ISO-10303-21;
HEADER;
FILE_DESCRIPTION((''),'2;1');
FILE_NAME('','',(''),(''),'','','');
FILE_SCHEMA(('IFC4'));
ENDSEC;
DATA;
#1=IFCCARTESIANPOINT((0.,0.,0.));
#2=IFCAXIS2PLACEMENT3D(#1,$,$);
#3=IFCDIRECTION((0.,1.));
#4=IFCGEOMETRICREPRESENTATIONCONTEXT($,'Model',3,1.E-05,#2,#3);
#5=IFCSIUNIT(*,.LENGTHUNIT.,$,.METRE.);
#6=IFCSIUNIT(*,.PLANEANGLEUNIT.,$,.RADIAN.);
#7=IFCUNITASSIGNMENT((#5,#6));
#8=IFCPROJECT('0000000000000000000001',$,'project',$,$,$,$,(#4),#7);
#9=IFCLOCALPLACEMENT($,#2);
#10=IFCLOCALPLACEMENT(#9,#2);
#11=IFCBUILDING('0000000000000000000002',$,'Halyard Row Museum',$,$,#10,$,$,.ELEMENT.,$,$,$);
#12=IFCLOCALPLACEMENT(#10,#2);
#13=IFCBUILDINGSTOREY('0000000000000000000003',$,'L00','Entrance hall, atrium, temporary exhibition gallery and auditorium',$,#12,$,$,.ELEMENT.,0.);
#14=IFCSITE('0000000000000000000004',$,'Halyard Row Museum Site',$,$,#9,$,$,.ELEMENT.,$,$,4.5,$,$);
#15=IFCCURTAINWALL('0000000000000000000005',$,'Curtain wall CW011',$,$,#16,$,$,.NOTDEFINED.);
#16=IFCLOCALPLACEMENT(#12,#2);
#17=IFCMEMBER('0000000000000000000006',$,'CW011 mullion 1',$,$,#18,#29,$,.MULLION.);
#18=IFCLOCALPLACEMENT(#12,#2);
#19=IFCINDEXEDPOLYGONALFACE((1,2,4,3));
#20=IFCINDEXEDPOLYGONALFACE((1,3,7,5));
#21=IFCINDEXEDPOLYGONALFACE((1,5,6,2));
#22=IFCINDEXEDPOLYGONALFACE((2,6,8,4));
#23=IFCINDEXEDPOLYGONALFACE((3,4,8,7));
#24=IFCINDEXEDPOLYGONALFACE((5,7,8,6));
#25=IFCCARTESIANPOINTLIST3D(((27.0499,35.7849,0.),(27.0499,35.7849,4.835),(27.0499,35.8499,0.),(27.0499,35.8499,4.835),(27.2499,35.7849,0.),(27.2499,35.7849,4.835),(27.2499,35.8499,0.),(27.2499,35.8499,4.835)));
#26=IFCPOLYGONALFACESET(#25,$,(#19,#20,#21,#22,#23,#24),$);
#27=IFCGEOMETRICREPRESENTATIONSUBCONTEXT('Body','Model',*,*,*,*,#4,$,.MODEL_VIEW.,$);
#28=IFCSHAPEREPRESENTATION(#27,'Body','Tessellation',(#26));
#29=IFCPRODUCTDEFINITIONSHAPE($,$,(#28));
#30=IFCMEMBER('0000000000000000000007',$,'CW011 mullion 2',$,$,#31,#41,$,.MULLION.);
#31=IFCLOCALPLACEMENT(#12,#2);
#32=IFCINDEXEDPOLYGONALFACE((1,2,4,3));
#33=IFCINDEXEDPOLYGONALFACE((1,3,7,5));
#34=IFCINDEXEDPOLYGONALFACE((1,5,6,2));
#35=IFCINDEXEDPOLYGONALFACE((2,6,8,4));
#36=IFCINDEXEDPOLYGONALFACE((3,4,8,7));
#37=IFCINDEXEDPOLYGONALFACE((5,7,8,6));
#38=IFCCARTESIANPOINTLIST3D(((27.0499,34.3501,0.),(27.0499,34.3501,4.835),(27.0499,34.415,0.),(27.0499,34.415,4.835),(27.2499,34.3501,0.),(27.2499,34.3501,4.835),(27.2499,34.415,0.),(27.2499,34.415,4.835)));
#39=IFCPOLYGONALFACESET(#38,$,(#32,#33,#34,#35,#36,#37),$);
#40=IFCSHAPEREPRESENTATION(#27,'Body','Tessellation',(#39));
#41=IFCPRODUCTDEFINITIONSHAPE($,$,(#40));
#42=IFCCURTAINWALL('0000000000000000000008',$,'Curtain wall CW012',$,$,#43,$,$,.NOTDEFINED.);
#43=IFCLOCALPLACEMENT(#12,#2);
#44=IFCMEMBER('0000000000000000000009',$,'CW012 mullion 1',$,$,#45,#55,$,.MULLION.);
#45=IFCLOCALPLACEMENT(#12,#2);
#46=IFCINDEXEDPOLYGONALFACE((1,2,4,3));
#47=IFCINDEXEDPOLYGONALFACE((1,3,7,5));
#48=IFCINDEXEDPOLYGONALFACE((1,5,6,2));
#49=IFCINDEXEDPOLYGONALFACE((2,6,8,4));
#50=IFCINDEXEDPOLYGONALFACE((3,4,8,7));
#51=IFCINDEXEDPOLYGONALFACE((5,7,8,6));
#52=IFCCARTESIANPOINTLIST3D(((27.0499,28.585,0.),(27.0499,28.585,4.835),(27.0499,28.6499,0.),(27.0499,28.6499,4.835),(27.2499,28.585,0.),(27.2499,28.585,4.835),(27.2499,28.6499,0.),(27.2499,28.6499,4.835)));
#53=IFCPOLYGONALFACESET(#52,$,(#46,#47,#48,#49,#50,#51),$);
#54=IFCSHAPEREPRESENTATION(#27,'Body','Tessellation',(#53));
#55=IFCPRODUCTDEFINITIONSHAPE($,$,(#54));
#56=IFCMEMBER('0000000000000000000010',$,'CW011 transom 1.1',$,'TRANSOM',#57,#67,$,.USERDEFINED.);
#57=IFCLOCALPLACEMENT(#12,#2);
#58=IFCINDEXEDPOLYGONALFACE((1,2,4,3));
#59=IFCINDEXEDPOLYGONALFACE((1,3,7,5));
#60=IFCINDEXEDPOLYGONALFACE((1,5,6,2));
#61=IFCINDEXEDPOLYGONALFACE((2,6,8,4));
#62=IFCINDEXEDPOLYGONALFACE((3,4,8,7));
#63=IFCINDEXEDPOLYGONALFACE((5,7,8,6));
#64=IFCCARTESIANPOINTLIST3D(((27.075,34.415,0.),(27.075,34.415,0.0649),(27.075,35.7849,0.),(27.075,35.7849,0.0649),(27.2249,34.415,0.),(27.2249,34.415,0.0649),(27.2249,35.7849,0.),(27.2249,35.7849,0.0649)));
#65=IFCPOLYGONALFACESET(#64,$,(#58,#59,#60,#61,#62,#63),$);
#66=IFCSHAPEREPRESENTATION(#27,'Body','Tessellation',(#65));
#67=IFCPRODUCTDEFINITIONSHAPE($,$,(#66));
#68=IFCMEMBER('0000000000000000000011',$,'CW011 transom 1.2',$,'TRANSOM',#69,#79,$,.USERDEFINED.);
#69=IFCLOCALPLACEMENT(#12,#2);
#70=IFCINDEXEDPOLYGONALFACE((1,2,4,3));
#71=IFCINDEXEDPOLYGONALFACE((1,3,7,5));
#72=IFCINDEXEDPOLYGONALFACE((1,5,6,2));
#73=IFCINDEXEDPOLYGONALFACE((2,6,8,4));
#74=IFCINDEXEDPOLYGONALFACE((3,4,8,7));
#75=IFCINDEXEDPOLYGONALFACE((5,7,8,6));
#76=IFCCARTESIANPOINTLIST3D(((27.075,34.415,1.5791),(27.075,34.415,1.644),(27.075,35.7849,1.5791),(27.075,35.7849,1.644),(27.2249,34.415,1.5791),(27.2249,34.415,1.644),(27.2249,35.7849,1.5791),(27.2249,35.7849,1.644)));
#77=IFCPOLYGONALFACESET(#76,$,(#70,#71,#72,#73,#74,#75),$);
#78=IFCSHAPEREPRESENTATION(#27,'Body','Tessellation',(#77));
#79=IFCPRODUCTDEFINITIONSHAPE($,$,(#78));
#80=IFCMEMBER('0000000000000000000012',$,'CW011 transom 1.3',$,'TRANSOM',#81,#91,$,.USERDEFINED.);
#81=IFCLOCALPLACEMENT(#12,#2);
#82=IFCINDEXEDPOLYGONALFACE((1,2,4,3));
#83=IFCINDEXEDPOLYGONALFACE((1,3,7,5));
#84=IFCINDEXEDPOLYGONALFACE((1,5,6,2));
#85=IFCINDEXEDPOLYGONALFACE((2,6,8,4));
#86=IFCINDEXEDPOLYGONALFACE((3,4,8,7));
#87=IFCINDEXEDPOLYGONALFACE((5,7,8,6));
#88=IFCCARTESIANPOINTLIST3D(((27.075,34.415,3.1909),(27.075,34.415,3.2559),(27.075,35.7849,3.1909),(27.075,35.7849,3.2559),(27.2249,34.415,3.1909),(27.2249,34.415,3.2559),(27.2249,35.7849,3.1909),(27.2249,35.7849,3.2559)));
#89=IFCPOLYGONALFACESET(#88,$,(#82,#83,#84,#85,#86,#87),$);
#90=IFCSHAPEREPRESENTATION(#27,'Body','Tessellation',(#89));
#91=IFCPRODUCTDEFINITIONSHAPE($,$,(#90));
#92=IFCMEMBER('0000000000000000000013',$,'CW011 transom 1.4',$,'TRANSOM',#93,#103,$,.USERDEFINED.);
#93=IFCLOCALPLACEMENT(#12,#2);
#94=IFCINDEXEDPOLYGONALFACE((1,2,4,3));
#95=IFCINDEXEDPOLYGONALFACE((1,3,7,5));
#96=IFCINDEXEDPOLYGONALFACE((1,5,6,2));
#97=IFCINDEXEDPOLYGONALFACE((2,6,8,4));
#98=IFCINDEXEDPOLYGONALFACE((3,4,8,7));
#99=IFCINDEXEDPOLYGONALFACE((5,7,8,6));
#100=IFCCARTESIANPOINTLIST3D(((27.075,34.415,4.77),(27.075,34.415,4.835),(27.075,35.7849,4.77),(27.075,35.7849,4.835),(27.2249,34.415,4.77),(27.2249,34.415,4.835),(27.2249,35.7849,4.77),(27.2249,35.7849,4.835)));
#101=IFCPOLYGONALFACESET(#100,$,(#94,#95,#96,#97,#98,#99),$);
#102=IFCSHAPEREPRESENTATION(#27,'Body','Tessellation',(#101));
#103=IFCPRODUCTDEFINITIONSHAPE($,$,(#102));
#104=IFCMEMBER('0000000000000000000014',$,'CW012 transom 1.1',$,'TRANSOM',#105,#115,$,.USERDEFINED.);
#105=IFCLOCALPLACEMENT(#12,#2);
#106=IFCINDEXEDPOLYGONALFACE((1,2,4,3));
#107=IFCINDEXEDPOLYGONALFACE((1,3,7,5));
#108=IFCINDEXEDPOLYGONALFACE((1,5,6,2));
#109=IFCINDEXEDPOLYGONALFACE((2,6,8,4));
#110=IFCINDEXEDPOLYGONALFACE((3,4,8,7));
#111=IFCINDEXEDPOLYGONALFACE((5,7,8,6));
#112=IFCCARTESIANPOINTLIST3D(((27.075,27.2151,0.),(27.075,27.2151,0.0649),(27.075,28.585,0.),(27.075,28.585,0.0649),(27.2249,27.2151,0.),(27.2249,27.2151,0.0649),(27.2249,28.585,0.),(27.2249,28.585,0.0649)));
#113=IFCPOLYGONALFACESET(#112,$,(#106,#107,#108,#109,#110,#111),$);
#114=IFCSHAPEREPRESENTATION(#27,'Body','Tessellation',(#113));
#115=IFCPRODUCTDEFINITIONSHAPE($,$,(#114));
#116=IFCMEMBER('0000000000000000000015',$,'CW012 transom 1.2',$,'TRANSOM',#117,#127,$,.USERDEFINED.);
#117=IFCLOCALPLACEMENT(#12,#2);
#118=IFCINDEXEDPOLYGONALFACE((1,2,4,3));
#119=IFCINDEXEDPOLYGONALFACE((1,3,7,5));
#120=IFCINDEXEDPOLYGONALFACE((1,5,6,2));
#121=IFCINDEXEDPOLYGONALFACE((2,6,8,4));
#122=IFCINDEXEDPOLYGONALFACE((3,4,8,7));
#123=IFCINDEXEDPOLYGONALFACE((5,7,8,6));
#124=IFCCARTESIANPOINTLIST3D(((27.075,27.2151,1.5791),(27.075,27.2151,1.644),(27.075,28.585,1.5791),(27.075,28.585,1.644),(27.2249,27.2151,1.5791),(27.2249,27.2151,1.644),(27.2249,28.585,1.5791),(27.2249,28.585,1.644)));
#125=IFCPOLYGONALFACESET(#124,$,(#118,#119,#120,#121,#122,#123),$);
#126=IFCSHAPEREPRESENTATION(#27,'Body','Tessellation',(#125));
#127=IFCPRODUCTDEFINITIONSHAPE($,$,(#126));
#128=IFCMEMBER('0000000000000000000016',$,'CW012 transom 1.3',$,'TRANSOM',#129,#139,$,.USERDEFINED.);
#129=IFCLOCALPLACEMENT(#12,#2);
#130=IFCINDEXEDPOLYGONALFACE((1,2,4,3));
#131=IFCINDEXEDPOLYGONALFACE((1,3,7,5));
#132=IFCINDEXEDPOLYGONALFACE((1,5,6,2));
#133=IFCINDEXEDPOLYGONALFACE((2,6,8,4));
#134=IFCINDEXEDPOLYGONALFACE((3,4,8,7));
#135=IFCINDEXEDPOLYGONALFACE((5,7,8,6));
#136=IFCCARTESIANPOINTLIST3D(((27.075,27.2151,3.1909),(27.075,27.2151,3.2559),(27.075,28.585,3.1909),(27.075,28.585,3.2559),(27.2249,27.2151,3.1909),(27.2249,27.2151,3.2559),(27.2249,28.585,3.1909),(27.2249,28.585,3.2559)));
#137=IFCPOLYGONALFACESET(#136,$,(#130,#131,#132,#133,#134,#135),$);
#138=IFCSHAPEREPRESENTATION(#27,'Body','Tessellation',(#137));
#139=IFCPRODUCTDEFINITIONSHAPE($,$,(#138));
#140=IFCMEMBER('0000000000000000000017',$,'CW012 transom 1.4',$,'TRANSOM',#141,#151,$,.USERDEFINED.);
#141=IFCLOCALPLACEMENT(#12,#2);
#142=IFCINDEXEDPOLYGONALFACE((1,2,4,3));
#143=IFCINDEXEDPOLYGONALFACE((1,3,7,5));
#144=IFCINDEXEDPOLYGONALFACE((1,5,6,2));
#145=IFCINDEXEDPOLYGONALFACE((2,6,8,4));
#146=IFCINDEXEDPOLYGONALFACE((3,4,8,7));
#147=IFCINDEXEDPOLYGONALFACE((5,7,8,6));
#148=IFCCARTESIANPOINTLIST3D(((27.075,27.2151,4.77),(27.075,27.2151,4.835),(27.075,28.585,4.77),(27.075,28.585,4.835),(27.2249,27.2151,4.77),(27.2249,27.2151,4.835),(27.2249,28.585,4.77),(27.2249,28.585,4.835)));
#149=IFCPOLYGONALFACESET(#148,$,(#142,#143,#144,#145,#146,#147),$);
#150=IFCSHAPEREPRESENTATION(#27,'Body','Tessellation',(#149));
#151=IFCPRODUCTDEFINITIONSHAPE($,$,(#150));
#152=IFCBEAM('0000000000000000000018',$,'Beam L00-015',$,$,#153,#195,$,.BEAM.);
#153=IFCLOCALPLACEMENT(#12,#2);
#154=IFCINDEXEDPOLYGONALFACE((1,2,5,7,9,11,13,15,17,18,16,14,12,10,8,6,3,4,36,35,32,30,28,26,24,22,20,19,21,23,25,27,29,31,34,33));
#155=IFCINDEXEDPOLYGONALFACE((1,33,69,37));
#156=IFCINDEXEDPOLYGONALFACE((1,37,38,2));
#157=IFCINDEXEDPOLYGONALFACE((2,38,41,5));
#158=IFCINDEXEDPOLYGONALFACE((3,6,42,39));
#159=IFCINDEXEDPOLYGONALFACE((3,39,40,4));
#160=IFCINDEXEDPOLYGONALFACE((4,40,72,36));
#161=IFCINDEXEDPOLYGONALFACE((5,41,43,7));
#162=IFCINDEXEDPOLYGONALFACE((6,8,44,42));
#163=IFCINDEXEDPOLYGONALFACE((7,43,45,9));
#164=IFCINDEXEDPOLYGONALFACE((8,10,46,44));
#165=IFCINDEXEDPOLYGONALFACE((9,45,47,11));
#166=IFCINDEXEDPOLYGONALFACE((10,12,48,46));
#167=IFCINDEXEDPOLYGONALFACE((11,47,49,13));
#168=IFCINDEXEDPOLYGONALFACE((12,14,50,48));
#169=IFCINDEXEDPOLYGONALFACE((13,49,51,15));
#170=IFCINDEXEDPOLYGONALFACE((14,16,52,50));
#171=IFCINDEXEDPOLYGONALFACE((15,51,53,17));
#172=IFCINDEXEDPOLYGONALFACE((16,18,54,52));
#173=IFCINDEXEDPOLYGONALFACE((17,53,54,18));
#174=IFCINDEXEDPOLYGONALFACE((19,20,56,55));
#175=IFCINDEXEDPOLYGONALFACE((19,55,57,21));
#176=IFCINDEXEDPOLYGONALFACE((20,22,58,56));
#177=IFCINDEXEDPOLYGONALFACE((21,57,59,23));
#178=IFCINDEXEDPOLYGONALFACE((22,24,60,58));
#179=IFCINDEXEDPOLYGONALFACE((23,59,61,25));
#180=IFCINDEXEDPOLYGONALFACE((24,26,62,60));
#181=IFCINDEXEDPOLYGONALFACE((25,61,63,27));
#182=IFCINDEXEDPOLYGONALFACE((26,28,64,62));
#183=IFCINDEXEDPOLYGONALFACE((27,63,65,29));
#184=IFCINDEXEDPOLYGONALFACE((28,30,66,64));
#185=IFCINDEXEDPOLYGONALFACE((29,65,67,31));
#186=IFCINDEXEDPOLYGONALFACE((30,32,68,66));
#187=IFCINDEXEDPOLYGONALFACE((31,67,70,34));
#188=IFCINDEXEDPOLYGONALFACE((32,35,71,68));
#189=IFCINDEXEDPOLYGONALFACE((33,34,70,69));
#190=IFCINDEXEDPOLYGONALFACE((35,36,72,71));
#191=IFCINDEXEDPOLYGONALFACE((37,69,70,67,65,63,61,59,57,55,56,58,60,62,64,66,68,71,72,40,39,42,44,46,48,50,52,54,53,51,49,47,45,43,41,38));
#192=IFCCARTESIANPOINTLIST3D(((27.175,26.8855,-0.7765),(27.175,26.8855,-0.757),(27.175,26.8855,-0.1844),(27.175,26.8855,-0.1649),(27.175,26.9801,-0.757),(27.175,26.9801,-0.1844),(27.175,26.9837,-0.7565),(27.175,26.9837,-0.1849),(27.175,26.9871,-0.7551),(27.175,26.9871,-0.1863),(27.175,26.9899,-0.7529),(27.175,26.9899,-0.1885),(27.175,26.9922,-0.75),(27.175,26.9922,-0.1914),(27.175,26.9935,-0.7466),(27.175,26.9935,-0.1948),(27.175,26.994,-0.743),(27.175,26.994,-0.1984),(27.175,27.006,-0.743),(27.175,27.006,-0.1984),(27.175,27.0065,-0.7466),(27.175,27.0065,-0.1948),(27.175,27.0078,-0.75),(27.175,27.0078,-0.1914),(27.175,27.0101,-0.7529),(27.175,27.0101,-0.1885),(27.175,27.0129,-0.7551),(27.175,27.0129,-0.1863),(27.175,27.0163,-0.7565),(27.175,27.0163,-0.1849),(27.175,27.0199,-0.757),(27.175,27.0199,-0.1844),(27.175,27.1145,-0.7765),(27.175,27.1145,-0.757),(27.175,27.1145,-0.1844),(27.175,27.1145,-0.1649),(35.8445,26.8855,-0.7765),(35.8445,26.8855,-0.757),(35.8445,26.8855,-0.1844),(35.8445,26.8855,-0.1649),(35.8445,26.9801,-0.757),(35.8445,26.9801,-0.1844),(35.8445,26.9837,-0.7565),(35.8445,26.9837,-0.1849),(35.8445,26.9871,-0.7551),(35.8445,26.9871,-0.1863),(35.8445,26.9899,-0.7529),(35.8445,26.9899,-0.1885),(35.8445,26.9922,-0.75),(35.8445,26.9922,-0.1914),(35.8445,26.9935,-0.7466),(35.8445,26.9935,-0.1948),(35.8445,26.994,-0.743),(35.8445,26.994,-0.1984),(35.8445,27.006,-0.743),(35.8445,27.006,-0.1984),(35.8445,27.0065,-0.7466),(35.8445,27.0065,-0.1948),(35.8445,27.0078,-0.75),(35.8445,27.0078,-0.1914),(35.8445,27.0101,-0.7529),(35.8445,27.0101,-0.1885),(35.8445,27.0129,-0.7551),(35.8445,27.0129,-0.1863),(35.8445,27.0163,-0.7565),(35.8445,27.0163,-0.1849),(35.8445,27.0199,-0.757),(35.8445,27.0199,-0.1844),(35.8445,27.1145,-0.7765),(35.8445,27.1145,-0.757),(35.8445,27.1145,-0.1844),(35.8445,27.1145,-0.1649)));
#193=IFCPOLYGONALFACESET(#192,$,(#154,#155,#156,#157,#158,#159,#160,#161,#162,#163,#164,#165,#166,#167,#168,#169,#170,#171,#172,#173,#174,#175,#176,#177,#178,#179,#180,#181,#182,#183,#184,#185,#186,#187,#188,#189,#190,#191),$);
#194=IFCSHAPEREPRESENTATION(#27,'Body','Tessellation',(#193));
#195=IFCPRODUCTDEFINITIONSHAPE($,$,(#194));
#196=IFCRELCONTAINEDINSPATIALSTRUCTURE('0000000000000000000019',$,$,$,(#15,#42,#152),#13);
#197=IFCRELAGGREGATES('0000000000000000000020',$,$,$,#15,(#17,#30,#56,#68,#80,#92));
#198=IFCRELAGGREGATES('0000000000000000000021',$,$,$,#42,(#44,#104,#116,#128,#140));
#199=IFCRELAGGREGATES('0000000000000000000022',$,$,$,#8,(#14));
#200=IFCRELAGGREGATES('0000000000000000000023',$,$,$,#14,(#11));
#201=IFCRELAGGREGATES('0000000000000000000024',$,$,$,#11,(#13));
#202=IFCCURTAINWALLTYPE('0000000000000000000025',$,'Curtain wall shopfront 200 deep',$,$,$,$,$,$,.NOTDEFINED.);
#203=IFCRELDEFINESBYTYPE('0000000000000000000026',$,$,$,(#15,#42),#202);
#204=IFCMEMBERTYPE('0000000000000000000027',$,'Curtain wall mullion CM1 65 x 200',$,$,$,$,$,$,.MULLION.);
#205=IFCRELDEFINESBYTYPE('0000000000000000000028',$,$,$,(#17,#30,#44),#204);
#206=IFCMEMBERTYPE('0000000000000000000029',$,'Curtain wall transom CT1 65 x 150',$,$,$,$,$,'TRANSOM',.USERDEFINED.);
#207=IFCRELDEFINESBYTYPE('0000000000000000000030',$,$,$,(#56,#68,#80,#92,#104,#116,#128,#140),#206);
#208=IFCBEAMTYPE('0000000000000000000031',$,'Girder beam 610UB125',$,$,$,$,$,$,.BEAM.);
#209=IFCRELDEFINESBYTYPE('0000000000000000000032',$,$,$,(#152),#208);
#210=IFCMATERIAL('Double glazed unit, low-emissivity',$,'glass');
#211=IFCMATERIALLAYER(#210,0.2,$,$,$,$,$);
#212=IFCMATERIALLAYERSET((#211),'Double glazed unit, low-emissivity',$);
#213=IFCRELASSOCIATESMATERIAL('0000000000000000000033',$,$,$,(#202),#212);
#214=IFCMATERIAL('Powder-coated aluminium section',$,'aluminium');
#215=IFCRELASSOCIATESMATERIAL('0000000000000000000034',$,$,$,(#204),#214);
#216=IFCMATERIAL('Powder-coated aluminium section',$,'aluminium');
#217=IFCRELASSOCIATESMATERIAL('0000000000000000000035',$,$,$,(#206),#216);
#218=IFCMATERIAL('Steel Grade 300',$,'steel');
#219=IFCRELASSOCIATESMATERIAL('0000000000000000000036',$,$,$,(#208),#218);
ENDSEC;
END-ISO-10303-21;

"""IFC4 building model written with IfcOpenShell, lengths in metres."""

from ifc_helpers import new_model, si_unit, direction, frame, origin, origin_2d, place, context, subcontext, project, spatial, rectangle, i_section, extrude, material, layer, layer_set, material_profile, profile_set, type_object, element, aggregate, save


model = new_model("IFC4")

# Units and contexts
model_context = context("Model", 3, precision=1e-05, world=origin(), true_north=direction((0.0, 1.0)))
body_context = subcontext(model_context, "Body", "Model", "MODEL_VIEW")
ifc_project = project(units=[si_unit("LENGTHUNIT", "METRE"), si_unit("PLANEANGLEUNIT", "RADIAN")], contexts=[model_context])

# Site, building, storey
site_placement = place(None, origin())
site = spatial("IfcSite", under=ifc_project, at=site_placement, Name="Halyard Row Museum Site", CompositionType="ELEMENT", RefElevation=4.5)
building_placement = place(site_placement, origin())
building = spatial("IfcBuilding", under=site, at=building_placement, Name="Halyard Row Museum", CompositionType="ELEMENT")
storey_placement = place(building_placement, origin())
storey = spatial("IfcBuildingStorey", under=building, at=storey_placement, Name="L00", Description="Entrance hall, atrium, temporary exhibition gallery and auditorium", CompositionType="ELEMENT", Elevation=0.0)

# Curtain wall, members
ifc_material_1 = material(Name="Double glazed unit, low-emissivity", Category="glass")
ifc_layer_1 = layer(ifc_material_1, 0.2)
ifc_layer_set_1 = layer_set([ifc_layer_1], Name="Double glazed unit, low-emissivity")
curtain_wall_type = type_object("IfcCurtainWallType", Name="Curtain wall shopfront 200 deep", PredefinedType="NOTDEFINED", material=ifc_layer_set_1)
curtain_wall_1_placement = place(storey_placement, origin())
curtain_wall_1 = element("IfcCurtainWall", 1, at=curtain_wall_1_placement, inside=storey, type_object=curtain_wall_type, Name="Curtain wall CW011", PredefinedType="NOTDEFINED")
ifc_material_2 = material(Name="Powder-coated aluminium section", Category="aluminium")
ifc_material_profile_1 = material_profile(ifc_material_2, rectangle(XDim=0.2, YDim=0.0649, at=origin_2d()), Name="200x65 mullion")
ifc_profile_set_1 = profile_set([ifc_material_profile_1], Name="Powder-coated aluminium section")
member_type_1 = type_object("IfcMemberType", Name="Curtain wall mullion CM1 65 x 200", PredefinedType="MULLION", material=ifc_profile_set_1)
member_1_placement = place(storey_placement, frame((27.1499, 35.8174, 0.0), z_axis=(0.0, 0.0, 1.0), x_axis=(1.0, 0.0, 0.0)))
member_1 = element("IfcMember", 2, at=member_1_placement, type_object=member_type_1, Name="CW011 mullion 1", PredefinedType="MULLION", context=body_context, shape_type="SweptSolid", body=[
    extrude(rectangle(XDim=0.2, YDim=0.0649, at=origin_2d()), origin(), (0.0, 0.0, 1.0), 4.835),
])
member_2_placement = place(storey_placement, frame((27.1499, 34.3826, 0.0), z_axis=(0.0, 0.0, 1.0), x_axis=(1.0, 0.0, 0.0)))
member_2 = element("IfcMember", 3, at=member_2_placement, type_object=member_type_1, Name="CW011 mullion 2", PredefinedType="MULLION", context=body_context, shape_type="SweptSolid", body=[
    extrude(rectangle(XDim=0.2, YDim=0.0649, at=origin_2d()), origin(), (0.0, 0.0, 1.0), 4.835),
])

# Curtain wall, member
curtain_wall_2_placement = place(storey_placement, origin())
curtain_wall_2 = element("IfcCurtainWall", 4, at=curtain_wall_2_placement, inside=storey, type_object=curtain_wall_type, Name="Curtain wall CW012", PredefinedType="NOTDEFINED")
member_3_placement = place(storey_placement, frame((27.1499, 28.6174, 0.0), z_axis=(0.0, 0.0, 1.0), x_axis=(1.0, 0.0, 0.0)))
member_3 = element("IfcMember", 5, at=member_3_placement, type_object=member_type_1, Name="CW012 mullion 1", PredefinedType="MULLION", context=body_context, shape_type="SweptSolid", body=[
    extrude(rectangle(XDim=0.2, YDim=0.0649, at=origin_2d()), origin(), (0.0, 0.0, 1.0), 4.835),
])

# Members
ifc_material_3 = material(Name="Powder-coated aluminium section", Category="aluminium")
ifc_material_profile_2 = material_profile(ifc_material_3, rectangle(XDim=0.1499, YDim=0.0649, at=origin_2d()), Name="150x65 transom")
ifc_profile_set_2 = profile_set([ifc_material_profile_2], Name="Powder-coated aluminium section")
member_type_2 = type_object("IfcMemberType", Name="Curtain wall transom CT1 65 x 150", ElementType="TRANSOM", PredefinedType="USERDEFINED", material=ifc_profile_set_2)
member_4_placement = place(storey_placement, frame((27.1499, 35.7849, 0.0325), z_axis=(0.0, -1.0, 0.0), x_axis=(1.0, 0.0, 0.0)))
member_4 = element("IfcMember", 6, at=member_4_placement, type_object=member_type_2, Name="CW011 transom 1.1", ObjectType="TRANSOM", PredefinedType="USERDEFINED", context=body_context, shape_type="SweptSolid", body=[
    extrude(rectangle(XDim=0.1499, YDim=0.0649, at=origin_2d()), origin(), (0.0, 0.0, 1.0), 1.3699),
])
member_5_placement = place(storey_placement, frame((27.1499, 35.7849, 1.6116), z_axis=(0.0, -1.0, 0.0), x_axis=(1.0, 0.0, 0.0)))
member_5 = element("IfcMember", 7, at=member_5_placement, type_object=member_type_2, Name="CW011 transom 1.2", ObjectType="TRANSOM", PredefinedType="USERDEFINED", context=body_context, shape_type="SweptSolid", body=[
    extrude(rectangle(XDim=0.1499, YDim=0.0649, at=origin_2d()), origin(), (0.0, 0.0, 1.0), 1.3699),
])
member_6_placement = place(storey_placement, frame((27.1499, 35.7849, 3.2234), z_axis=(0.0, -1.0, 0.0), x_axis=(1.0, 0.0, 0.0)))
member_6 = element("IfcMember", 8, at=member_6_placement, type_object=member_type_2, Name="CW011 transom 1.3", ObjectType="TRANSOM", PredefinedType="USERDEFINED", context=body_context, shape_type="SweptSolid", body=[
    extrude(rectangle(XDim=0.1499, YDim=0.0649, at=origin_2d()), origin(), (0.0, 0.0, 1.0), 1.3699),
])
member_7_placement = place(storey_placement, frame((27.1499, 35.7849, 4.8025), z_axis=(0.0, -1.0, 0.0), x_axis=(1.0, 0.0, 0.0)))
member_7 = element("IfcMember", 9, at=member_7_placement, type_object=member_type_2, Name="CW011 transom 1.4", ObjectType="TRANSOM", PredefinedType="USERDEFINED", context=body_context, shape_type="SweptSolid", body=[
    extrude(rectangle(XDim=0.1499, YDim=0.0649, at=origin_2d()), origin(), (0.0, 0.0, 1.0), 1.3699),
])
member_8_placement = place(storey_placement, frame((27.1499, 28.585, 0.0325), z_axis=(0.0, -1.0, 0.0), x_axis=(1.0, 0.0, 0.0)))
member_8 = element("IfcMember", 10, at=member_8_placement, type_object=member_type_2, Name="CW012 transom 1.1", ObjectType="TRANSOM", PredefinedType="USERDEFINED", context=body_context, shape_type="SweptSolid", body=[
    extrude(rectangle(XDim=0.1499, YDim=0.0649, at=origin_2d()), origin(), (0.0, 0.0, 1.0), 1.3699),
])
member_9_placement = place(storey_placement, frame((27.1499, 28.585, 1.6116), z_axis=(0.0, -1.0, 0.0), x_axis=(1.0, 0.0, 0.0)))
member_9 = element("IfcMember", 11, at=member_9_placement, type_object=member_type_2, Name="CW012 transom 1.2", ObjectType="TRANSOM", PredefinedType="USERDEFINED", context=body_context, shape_type="SweptSolid", body=[
    extrude(rectangle(XDim=0.1499, YDim=0.0649, at=origin_2d()), origin(), (0.0, 0.0, 1.0), 1.3699),
])
member_10_placement = place(storey_placement, frame((27.1499, 28.585, 3.2234), z_axis=(0.0, -1.0, 0.0), x_axis=(1.0, 0.0, 0.0)))
member_10 = element("IfcMember", 12, at=member_10_placement, type_object=member_type_2, Name="CW012 transom 1.3", ObjectType="TRANSOM", PredefinedType="USERDEFINED", context=body_context, shape_type="SweptSolid", body=[
    extrude(rectangle(XDim=0.1499, YDim=0.0649, at=origin_2d()), origin(), (0.0, 0.0, 1.0), 1.3699),
])
member_11_placement = place(storey_placement, frame((27.1499, 28.585, 4.8025), z_axis=(0.0, -1.0, 0.0), x_axis=(1.0, 0.0, 0.0)))
member_11 = element("IfcMember", 13, at=member_11_placement, type_object=member_type_2, Name="CW012 transom 1.4", ObjectType="TRANSOM", PredefinedType="USERDEFINED", context=body_context, shape_type="SweptSolid", body=[
    extrude(rectangle(XDim=0.1499, YDim=0.0649, at=origin_2d()), origin(), (0.0, 0.0, 1.0), 1.3699),
])

# Beam
ifc_material_4 = material(Name="Steel Grade 300", Category="steel")
ifc_material_profile_3 = material_profile(ifc_material_4, i_section(OverallWidth=0.229, OverallDepth=0.6116, WebThickness=0.012, FlangeThickness=0.0195, FilletRadius=0.0139, at=origin_2d()), Name="610UB125")
ifc_profile_set_3 = profile_set([ifc_material_profile_3], Name="Steel Grade 300")
beam_type_1 = type_object("IfcBeamType", Name="Girder beam 610UB125", PredefinedType="BEAM", material=ifc_profile_set_3)
for number, where, z_axis, x_axis, name in (
    (14, (27.175, 27.0, -0.4707), (1.0, 0.0, 0.0), (0.0, 1.0, 0.0), "Beam L00-015"),
):
    element("IfcBeam", number, at=place(storey_placement, frame(where, z_axis=z_axis, x_axis=x_axis)), inside=storey, type_object=beam_type_1, Name=name, PredefinedType="BEAM", context=body_context, shape_type="SweptSolid", body=[
        extrude(i_section(OverallWidth=0.229, OverallDepth=0.6116, WebThickness=0.012, FlangeThickness=0.0195, FilletRadius=0.0139, at=origin_2d()), origin(), (0.0, 0.0, 1.0), 8.6694),
    ])

aggregate(curtain_wall_1, [member_1, member_2, member_4, member_5, member_6, member_7])
aggregate(curtain_wall_2, [member_3, member_8, member_9, member_10, member_11])

save(model, "model.ifc")
